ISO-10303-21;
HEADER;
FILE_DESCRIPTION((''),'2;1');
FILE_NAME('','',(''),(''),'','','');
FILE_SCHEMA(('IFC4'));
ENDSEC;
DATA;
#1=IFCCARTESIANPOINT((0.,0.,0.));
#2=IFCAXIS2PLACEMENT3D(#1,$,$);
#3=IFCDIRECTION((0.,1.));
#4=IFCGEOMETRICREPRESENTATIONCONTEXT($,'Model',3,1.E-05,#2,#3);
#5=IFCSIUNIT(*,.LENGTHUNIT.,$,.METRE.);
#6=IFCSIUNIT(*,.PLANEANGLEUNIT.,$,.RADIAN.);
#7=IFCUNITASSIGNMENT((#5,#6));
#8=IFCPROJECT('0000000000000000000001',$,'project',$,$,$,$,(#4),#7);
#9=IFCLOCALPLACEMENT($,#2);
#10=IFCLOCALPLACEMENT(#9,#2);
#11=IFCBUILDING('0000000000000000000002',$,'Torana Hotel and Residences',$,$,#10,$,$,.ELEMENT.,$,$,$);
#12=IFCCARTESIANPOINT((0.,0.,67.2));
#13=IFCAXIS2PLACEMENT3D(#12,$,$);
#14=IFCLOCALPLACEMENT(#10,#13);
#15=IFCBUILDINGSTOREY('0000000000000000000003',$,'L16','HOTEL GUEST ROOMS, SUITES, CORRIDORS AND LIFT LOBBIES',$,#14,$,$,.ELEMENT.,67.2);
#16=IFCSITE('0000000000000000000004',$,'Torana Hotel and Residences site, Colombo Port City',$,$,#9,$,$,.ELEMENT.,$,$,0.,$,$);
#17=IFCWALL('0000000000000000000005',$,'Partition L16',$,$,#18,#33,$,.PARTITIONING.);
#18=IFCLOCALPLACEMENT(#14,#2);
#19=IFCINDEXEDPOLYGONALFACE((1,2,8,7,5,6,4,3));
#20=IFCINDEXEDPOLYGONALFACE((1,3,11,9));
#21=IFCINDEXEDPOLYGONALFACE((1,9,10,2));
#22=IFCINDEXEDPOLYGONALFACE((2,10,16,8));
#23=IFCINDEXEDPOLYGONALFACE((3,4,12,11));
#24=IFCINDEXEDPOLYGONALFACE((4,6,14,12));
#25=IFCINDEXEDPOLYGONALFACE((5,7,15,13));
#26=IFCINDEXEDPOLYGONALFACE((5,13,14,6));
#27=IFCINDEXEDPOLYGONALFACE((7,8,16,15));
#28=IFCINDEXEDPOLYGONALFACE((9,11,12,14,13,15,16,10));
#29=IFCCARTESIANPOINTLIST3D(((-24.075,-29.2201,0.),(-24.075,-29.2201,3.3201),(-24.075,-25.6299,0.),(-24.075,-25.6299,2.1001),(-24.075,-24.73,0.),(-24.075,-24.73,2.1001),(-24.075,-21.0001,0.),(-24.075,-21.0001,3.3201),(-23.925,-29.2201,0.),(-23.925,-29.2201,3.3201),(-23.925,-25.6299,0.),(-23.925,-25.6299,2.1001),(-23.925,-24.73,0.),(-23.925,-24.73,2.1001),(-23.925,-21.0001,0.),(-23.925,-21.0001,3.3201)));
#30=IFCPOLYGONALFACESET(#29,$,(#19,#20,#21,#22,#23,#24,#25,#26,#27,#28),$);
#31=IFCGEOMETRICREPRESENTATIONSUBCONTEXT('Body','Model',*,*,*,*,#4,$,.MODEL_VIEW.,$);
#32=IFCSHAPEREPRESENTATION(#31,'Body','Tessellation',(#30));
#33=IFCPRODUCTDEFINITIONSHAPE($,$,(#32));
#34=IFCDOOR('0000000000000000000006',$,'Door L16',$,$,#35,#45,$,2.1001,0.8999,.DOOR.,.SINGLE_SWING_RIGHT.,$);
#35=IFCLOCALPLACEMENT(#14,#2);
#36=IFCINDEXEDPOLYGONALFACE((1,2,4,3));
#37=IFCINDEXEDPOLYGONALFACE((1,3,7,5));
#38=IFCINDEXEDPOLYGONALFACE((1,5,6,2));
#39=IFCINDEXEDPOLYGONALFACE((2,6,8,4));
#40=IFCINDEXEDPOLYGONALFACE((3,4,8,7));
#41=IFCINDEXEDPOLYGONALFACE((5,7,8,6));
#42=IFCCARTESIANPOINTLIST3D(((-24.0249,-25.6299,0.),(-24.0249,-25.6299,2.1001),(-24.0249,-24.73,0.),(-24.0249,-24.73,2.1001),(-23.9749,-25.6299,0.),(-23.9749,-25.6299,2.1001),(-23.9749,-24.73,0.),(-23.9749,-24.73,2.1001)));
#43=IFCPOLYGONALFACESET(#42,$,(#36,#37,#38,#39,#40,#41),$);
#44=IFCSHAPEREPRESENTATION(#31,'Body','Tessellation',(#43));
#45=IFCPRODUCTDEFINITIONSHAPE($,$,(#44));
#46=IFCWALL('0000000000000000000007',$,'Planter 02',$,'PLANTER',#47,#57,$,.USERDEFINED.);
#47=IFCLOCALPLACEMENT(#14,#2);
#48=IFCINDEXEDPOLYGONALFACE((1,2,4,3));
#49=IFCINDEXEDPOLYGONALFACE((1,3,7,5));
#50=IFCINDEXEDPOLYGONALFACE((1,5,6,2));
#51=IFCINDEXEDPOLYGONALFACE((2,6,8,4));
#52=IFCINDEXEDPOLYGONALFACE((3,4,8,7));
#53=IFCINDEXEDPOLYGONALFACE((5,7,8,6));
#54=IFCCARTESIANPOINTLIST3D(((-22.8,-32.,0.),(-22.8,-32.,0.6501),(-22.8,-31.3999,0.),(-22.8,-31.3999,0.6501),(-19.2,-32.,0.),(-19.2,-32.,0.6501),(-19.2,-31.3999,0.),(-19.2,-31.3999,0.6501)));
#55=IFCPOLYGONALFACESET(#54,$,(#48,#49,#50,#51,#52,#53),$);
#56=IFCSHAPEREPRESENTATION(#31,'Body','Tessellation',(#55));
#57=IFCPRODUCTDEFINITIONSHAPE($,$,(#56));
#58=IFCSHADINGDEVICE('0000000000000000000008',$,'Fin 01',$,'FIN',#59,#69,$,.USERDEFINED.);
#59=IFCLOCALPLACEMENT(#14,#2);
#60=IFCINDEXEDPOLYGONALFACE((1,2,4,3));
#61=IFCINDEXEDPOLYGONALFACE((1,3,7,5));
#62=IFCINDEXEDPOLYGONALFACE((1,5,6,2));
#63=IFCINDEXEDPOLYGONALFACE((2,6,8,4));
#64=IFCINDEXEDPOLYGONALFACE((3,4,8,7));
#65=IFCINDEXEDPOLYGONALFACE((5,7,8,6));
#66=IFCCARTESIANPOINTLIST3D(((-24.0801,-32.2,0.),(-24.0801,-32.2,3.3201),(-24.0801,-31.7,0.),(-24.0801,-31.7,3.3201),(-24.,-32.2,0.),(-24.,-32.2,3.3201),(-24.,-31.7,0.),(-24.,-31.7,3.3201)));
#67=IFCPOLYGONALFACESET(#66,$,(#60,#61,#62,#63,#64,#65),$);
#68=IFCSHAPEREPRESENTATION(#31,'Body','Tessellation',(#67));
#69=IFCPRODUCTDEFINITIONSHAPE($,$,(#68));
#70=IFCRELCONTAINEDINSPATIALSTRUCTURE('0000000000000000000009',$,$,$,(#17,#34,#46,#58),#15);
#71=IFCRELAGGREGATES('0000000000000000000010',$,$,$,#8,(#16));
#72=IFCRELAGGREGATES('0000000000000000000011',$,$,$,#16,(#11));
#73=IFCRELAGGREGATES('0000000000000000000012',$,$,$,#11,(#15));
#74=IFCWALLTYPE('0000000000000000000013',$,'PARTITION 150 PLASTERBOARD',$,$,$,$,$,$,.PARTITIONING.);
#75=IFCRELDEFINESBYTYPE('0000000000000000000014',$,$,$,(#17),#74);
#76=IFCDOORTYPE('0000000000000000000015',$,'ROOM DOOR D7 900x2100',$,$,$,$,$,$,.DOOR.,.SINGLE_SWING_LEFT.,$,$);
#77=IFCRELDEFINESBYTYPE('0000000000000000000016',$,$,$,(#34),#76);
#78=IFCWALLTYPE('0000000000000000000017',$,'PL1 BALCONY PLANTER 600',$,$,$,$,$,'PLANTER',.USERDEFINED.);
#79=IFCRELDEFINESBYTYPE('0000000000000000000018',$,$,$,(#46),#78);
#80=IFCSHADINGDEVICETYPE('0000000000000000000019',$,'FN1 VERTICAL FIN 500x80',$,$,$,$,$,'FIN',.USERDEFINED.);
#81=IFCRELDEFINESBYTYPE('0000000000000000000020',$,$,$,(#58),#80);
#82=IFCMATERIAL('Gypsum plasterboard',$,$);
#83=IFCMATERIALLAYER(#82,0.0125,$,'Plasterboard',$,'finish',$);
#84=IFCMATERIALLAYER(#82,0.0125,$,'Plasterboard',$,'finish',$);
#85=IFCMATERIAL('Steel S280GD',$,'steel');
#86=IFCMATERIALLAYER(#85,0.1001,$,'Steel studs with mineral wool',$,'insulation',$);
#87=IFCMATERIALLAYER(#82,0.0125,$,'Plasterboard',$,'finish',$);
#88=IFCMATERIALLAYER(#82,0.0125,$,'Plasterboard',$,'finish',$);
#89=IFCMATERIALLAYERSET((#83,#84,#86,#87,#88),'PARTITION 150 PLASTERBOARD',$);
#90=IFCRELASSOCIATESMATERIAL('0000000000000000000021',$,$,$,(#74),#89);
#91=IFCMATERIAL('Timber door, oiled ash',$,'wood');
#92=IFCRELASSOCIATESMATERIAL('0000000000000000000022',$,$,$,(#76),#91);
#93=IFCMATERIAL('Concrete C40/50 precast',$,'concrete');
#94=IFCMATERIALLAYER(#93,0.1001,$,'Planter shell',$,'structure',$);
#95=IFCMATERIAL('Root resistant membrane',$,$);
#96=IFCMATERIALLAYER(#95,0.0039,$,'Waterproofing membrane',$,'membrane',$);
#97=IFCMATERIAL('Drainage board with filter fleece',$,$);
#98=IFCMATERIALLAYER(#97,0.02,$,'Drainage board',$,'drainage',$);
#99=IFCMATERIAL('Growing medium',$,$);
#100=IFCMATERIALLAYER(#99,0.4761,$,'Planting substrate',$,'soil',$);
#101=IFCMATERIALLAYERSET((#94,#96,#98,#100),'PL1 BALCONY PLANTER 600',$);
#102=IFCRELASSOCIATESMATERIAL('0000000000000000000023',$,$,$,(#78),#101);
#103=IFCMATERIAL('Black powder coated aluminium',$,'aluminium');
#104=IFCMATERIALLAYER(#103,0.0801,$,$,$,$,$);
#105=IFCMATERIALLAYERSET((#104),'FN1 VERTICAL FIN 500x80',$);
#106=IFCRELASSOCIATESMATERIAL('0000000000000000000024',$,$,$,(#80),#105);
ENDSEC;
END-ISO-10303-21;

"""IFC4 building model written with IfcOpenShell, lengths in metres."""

from ifc_helpers import new_model, si_unit, direction, frame, frame_2d, origin, origin_2d, place, context, subcontext, project, spatial, rectangle, extrude, material, layer, layer_set, type_object, element, fill, save


model = new_model("IFC4")

# Units and contexts
model_context = context("Model", 3, precision=1e-05, world=origin(), true_north=direction((0.0, 1.0)))
body_context = subcontext(model_context, "Body", "Model", "MODEL_VIEW")
ifc_project = project(units=[si_unit("LENGTHUNIT", "METRE"), si_unit("PLANEANGLEUNIT", "RADIAN")], contexts=[model_context])

# Site, building, storey
site_placement = place(None, origin())
site = spatial("IfcSite", under=ifc_project, at=site_placement, Name="Torana Hotel and Residences site, Colombo Port City", CompositionType="ELEMENT", RefElevation=0.0)
building_placement = place(site_placement, origin())
building = spatial("IfcBuilding", under=site, at=building_placement, Name="Torana Hotel and Residences", CompositionType="ELEMENT")
storey_placement = place(building_placement, frame((0.0, 0.0, 67.2)))
storey = spatial("IfcBuildingStorey", under=building, at=storey_placement, Name="L16", Description="HOTEL GUEST ROOMS, SUITES, CORRIDORS AND LIFT LOBBIES", CompositionType="ELEMENT", Elevation=67.2)

# Wall, opening, door
ifc_material_1 = material(Name="Gypsum plasterboard")
ifc_layer_1 = layer(ifc_material_1, 0.0125, Name="Plasterboard", Category="finish")
ifc_layer_2 = layer(ifc_material_1, 0.0125, Name="Plasterboard", Category="finish")
ifc_material_2 = material(Name="Steel S280GD", Category="steel")
ifc_layer_3 = layer(ifc_material_2, 0.1001, Name="Steel studs with mineral wool", Category="insulation")
ifc_layer_4 = layer(ifc_material_1, 0.0125, Name="Plasterboard", Category="finish")
ifc_layer_5 = layer(ifc_material_1, 0.0125, Name="Plasterboard", Category="finish")
ifc_layer_set_1 = layer_set([ifc_layer_1, ifc_layer_2, ifc_layer_3, ifc_layer_4, ifc_layer_5], Name="PARTITION 150 PLASTERBOARD")
wall_type_1 = type_object("IfcWallType", Name="PARTITION 150 PLASTERBOARD", PredefinedType="PARTITIONING", material=ifc_layer_set_1)
wall_1_placement = place(storey_placement, frame((-24.0, -29.22, 0.0), z_axis=(0.0, 0.0, 1.0), x_axis=(0.0, 1.0, 0.0)))
wall_1 = element("IfcWall", 1, at=wall_1_placement, inside=storey, type_object=wall_type_1, Name="Partition L16", PredefinedType="PARTITIONING", context=body_context, shape_type="SweptSolid", body=[
    extrude(rectangle(XDim=8.22, YDim=0.1499, at=frame_2d((4.1099, 0.0))), origin(), (0.0, 0.0, 1.0), 3.3201),
])
opening_placement = place(wall_1_placement, frame((3.5901, 0.0, 0.0)))
opening = element("IfcOpeningElement", 2, at=opening_placement, cuts=wall_1, PredefinedType="OPENING", context=body_context, shape_type="SweptSolid", body=[
    extrude(rectangle(XDim=0.8999, YDim=2.1001, at=frame_2d((0.45, 1.05))), frame((0.0, 0.085, 0.0), z_axis=(0.0, -1.0, 0.0), x_axis=(1.0, 0.0, 0.0)), (0.0, 0.0, 1.0), 0.1699),
])
ifc_material_3 = material(Name="Timber door, oiled ash", Category="wood")
door_type = type_object("IfcDoorType", Name="ROOM DOOR D7 900x2100", OperationType="SINGLE_SWING_LEFT", PredefinedType="DOOR", material=ifc_material_3)
door_placement = place(opening_placement, origin())
door = element("IfcDoor", 3, at=door_placement, inside=storey, type_object=door_type, Name="Door L16", OperationType="SINGLE_SWING_RIGHT", OverallHeight=2.1001, OverallWidth=0.8999, PredefinedType="DOOR", context=body_context, shape_type="SweptSolid", body=[
    extrude(rectangle(XDim=0.8999, YDim=2.1001, at=frame_2d((0.45, 1.05))), frame((0.0, 0.0249, 0.0), z_axis=(0.0, -1.0, 0.0), x_axis=(1.0, 0.0, 0.0)), (0.0, 0.0, 1.0), 0.05),
])
fill(opening, door)

# Wall
ifc_material_4 = material(Name="Concrete C40/50 precast", Category="concrete")
ifc_layer_6 = layer(ifc_material_4, 0.1001, Name="Planter shell", Category="structure")
ifc_material_5 = material(Name="Root resistant membrane")
ifc_layer_7 = layer(ifc_material_5, 0.0039, Name="Waterproofing membrane", Category="membrane")
ifc_material_6 = material(Name="Drainage board with filter fleece")
ifc_layer_8 = layer(ifc_material_6, 0.02, Name="Drainage board", Category="drainage")
ifc_material_7 = material(Name="Growing medium")
ifc_layer_9 = layer(ifc_material_7, 0.4761, Name="Planting substrate", Category="soil")
ifc_layer_set_2 = layer_set([ifc_layer_6, ifc_layer_7, ifc_layer_8, ifc_layer_9], Name="PL1 BALCONY PLANTER 600")
wall_type_2 = type_object("IfcWallType", Name="PL1 BALCONY PLANTER 600", ElementType="PLANTER", PredefinedType="USERDEFINED", material=ifc_layer_set_2)
wall_2_placement = place(storey_placement, frame((-19.2, -31.7, 0.0), z_axis=(0.0, 0.0, 1.0), x_axis=(-1.0, 0.0, 0.0)))
element("IfcWall", 4, at=wall_2_placement, inside=storey, type_object=wall_type_2, Name="Planter 02", ObjectType="PLANTER", PredefinedType="USERDEFINED", context=body_context, shape_type="SweptSolid", body=[
    extrude(rectangle(XDim=3.6001, YDim=0.6001, at=frame_2d((1.8, 0.0))), origin(), (0.0, 0.0, 1.0), 0.6501),
])

# Shading device
ifc_material_8 = material(Name="Black powder coated aluminium", Category="aluminium")
ifc_layer_10 = layer(ifc_material_8, 0.0801)
ifc_layer_set_3 = layer_set([ifc_layer_10], Name="FN1 VERTICAL FIN 500x80")
shading_device_type = type_object("IfcShadingDeviceType", Name="FN1 VERTICAL FIN 500x80", ElementType="FIN", PredefinedType="USERDEFINED", material=ifc_layer_set_3)
shading_device_placement = place(storey_placement, frame((-24.04, -31.95, 0.0), z_axis=(0.0, 0.0, 1.0), x_axis=(-1.0, 0.0, 0.0)))
element("IfcShadingDevice", 5, at=shading_device_placement, inside=storey, type_object=shading_device_type, Name="Fin 01", ObjectType="FIN", PredefinedType="USERDEFINED", context=body_context, shape_type="SweptSolid", body=[
    extrude(rectangle(XDim=0.0801, YDim=0.5, at=origin_2d()), origin(), (0.0, 0.0, 1.0), 3.3201),
])

save(model, "model.ifc")
